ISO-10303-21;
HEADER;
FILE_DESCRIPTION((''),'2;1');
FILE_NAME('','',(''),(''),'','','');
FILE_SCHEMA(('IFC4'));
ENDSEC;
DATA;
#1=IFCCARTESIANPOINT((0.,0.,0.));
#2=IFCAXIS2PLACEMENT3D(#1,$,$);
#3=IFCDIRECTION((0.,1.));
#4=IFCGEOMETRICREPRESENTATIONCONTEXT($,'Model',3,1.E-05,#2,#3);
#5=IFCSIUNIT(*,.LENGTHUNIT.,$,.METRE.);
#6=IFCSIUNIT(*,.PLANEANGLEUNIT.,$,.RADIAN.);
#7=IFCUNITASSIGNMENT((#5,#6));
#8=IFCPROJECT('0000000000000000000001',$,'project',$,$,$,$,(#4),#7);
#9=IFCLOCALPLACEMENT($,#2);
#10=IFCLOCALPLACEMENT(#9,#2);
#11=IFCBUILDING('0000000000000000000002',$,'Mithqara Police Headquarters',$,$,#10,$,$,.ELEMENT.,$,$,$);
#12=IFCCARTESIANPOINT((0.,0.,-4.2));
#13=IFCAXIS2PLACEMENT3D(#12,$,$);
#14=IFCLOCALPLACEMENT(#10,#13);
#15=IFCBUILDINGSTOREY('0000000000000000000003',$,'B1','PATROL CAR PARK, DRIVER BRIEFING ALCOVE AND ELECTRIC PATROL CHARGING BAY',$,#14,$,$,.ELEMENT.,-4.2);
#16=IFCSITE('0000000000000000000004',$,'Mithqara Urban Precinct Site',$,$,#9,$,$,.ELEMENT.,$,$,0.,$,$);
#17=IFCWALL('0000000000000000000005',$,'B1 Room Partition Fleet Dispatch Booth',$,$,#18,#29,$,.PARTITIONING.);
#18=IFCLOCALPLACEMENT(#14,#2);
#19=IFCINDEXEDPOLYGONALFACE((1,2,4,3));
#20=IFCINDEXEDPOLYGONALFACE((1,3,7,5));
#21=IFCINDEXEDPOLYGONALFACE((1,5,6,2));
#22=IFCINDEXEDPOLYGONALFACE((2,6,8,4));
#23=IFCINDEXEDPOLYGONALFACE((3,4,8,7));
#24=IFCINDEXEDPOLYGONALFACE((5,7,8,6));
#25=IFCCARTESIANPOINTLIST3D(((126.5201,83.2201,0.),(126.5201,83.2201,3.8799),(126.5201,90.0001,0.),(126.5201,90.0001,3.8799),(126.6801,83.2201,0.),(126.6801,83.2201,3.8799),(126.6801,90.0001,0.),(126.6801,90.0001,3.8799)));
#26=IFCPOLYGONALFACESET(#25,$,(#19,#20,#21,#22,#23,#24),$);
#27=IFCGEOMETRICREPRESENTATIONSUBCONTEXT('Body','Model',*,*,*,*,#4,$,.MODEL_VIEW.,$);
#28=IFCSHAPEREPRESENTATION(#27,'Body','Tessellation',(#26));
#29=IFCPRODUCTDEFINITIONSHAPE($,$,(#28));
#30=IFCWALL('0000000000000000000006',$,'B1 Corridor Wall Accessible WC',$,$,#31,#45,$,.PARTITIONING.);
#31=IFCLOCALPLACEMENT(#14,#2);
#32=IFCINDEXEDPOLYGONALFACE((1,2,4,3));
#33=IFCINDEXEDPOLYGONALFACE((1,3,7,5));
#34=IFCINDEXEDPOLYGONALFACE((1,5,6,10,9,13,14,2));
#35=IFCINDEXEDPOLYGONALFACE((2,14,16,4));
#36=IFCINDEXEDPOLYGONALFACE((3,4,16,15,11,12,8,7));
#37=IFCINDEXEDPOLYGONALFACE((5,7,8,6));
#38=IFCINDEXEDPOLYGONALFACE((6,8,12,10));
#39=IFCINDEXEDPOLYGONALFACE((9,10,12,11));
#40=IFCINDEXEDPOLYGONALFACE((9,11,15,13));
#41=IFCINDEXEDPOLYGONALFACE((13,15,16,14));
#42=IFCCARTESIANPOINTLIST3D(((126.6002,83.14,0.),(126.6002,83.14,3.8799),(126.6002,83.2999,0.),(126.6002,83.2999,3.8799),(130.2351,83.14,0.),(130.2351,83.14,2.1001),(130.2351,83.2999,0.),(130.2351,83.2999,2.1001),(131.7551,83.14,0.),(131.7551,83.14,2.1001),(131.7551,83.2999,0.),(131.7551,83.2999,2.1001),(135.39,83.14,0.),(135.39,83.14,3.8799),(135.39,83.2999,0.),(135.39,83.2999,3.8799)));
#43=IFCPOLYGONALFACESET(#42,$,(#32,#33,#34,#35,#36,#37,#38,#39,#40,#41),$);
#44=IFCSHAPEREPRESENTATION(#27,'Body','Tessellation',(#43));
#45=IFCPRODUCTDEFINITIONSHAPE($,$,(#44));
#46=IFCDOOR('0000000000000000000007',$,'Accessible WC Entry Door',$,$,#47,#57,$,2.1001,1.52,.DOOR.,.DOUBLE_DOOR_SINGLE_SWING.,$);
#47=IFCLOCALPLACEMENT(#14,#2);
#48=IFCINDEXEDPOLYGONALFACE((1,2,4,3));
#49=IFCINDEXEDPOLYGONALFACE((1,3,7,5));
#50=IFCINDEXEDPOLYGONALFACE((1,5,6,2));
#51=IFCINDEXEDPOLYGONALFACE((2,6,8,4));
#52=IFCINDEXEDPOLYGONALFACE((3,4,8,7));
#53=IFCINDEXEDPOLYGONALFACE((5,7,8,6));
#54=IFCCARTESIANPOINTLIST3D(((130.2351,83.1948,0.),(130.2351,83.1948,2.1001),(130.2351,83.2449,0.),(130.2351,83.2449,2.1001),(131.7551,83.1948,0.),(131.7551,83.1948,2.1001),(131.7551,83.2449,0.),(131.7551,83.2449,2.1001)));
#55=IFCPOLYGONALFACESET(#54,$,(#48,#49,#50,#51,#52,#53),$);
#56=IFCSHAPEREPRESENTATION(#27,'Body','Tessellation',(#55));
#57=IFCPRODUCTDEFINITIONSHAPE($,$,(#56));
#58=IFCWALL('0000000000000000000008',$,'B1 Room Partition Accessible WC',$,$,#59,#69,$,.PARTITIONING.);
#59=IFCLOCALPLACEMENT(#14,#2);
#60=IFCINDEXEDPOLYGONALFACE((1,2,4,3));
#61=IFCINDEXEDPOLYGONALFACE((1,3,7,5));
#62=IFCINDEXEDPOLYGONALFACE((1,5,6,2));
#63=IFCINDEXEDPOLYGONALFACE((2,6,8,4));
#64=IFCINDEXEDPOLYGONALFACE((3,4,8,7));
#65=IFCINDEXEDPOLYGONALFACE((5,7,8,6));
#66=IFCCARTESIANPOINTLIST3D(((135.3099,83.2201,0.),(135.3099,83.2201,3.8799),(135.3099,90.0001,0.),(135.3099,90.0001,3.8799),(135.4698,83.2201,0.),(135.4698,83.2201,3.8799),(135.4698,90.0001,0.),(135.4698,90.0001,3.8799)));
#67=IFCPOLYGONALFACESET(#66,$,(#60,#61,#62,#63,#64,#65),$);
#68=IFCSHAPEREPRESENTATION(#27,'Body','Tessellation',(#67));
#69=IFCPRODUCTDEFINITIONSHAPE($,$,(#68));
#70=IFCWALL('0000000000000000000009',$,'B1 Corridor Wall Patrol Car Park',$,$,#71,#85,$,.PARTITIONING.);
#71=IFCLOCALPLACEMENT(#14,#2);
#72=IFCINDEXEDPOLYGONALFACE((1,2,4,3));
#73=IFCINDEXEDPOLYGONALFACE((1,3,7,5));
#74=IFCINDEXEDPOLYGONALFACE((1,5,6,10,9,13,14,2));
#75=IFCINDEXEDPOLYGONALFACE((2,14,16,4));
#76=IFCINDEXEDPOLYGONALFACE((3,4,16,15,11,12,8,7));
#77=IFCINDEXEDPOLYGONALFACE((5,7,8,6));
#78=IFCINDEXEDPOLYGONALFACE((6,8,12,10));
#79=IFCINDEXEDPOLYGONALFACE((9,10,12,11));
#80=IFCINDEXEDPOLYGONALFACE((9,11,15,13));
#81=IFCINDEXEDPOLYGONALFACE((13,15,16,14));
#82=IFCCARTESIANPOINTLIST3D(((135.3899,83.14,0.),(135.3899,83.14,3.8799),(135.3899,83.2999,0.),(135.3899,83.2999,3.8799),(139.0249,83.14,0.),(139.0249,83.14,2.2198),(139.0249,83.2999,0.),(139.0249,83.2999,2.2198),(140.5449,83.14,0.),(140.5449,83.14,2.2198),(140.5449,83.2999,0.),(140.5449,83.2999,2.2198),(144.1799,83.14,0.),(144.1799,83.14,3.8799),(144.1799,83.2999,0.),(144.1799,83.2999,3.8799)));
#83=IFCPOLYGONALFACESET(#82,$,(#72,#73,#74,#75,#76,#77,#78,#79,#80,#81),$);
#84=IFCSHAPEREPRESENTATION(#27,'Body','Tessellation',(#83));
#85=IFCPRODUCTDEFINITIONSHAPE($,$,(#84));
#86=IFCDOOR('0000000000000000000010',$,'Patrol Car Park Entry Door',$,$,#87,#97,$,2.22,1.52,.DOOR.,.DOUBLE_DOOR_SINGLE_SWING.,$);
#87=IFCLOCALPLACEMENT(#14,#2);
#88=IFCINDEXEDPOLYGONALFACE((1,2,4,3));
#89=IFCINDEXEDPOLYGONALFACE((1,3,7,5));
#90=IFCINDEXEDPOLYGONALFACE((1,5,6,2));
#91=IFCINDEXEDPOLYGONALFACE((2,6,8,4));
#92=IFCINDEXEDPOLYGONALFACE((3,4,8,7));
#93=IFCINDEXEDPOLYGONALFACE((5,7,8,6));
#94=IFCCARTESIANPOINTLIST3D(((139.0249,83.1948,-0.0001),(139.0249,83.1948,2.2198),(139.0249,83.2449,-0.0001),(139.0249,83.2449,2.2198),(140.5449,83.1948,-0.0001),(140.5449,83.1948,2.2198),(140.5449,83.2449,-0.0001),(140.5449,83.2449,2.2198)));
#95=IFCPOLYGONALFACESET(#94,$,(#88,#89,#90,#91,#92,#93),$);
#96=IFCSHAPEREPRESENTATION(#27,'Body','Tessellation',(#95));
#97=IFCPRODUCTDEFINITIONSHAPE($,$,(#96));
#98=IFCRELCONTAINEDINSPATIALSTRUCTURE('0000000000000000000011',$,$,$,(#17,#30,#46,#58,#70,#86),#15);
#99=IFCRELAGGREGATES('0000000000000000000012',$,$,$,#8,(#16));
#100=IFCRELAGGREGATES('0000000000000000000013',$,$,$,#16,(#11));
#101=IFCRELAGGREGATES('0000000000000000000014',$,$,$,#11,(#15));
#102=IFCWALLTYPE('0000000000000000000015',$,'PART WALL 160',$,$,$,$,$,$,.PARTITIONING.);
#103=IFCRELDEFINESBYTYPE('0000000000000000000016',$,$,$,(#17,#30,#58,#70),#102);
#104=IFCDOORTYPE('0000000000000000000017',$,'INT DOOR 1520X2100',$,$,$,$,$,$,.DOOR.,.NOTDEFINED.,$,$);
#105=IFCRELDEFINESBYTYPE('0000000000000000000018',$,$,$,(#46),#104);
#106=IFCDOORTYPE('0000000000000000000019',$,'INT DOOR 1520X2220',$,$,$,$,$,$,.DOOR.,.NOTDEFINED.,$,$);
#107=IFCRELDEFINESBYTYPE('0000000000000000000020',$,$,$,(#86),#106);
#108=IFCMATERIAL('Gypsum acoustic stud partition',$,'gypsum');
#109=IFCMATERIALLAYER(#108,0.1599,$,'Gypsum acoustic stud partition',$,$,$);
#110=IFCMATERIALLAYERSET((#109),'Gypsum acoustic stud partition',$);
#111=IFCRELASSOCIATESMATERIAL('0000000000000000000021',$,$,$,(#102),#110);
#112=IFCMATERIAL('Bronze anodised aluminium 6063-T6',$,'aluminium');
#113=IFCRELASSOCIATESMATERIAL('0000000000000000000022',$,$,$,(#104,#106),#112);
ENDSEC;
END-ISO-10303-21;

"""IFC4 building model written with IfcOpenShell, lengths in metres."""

from ifc_helpers import new_model, si_unit, direction, frame, frame_2d, origin, place, context, subcontext, project, spatial, rectangle, extrude, material, layer, layer_set, type_object, element, fill, save


model = new_model("IFC4")

# Units and contexts
model_context = context("Model", 3, precision=1e-05, world=origin(), true_north=direction((0.0, 1.0)))
body_context = subcontext(model_context, "Body", "Model", "MODEL_VIEW")
ifc_project = project(units=[si_unit("LENGTHUNIT", "METRE"), si_unit("PLANEANGLEUNIT", "RADIAN")], contexts=[model_context])

# Site, building, storey
site_placement = place(None, origin())
site = spatial("IfcSite", under=ifc_project, at=site_placement, Name="Mithqara Urban Precinct Site", CompositionType="ELEMENT", RefElevation=0.0)
building_placement = place(site_placement, origin())
building = spatial("IfcBuilding", under=site, at=building_placement, Name="Mithqara Police Headquarters", CompositionType="ELEMENT")
storey_placement = place(building_placement, frame((0.0, 0.0, -4.2)))
storey = spatial("IfcBuildingStorey", under=building, at=storey_placement, Name="B1", Description="PATROL CAR PARK, DRIVER BRIEFING ALCOVE AND ELECTRIC PATROL CHARGING BAY", CompositionType="ELEMENT", Elevation=-4.2)

# Wall
ifc_material_1 = material(Name="Gypsum acoustic stud partition", Category="gypsum")
ifc_layer = layer(ifc_material_1, 0.1599, Name="Gypsum acoustic stud partition")
ifc_layer_set = layer_set([ifc_layer], Name="Gypsum acoustic stud partition")
wall_type = type_object("IfcWallType", Name="PART WALL 160", PredefinedType="PARTITIONING", material=ifc_layer_set)
wall_1_placement = place(storey_placement, frame((126.6001, 83.22, 0.0), z_axis=(0.0, 0.0, 1.0), x_axis=(0.0, 1.0, 0.0)))
element("IfcWall", 1, at=wall_1_placement, inside=storey, type_object=wall_type, Name="B1 Room Partition Fleet Dispatch Booth", PredefinedType="PARTITIONING", context=body_context, shape_type="SweptSolid", body=[
    extrude(rectangle(XDim=6.78, YDim=0.1599, at=frame_2d((3.3901, 0.0))), origin(), (0.0, 0.0, 1.0), 3.8799),
])

# Wall, opening, door
wall_2_placement = place(storey_placement, frame((126.6001, 83.22, 0.0), z_axis=(0.0, 0.0, 1.0), x_axis=(1.0, 0.0, 0.0)))
wall_2 = element("IfcWall", 2, at=wall_2_placement, inside=storey, type_object=wall_type, Name="B1 Corridor Wall Accessible WC", PredefinedType="PARTITIONING", context=body_context, shape_type="SweptSolid", body=[
    extrude(rectangle(XDim=8.7898, YDim=0.1599, at=frame_2d((4.395, 0.0))), origin(), (0.0, 0.0, 1.0), 3.8799),
])
opening_1_placement = place(wall_2_placement, frame((3.635, 0.0, 0.0)))
opening_1 = element("IfcOpeningElement", 3, at=opening_1_placement, cuts=wall_2, PredefinedType="OPENING", context=body_context, shape_type="SweptSolid", body=[
    extrude(rectangle(XDim=1.52, YDim=2.1001, at=frame_2d((0.76, 1.05))), frame((0.0, 0.0898, 0.0), z_axis=(0.0, -1.0, 0.0), x_axis=(1.0, 0.0, 0.0)), (0.0, 0.0, 1.0), 0.1799),
])
ifc_material_2 = material(Name="Bronze anodised aluminium 6063-T6", Category="aluminium")
door_type_1 = type_object("IfcDoorType", Name="INT DOOR 1520X2100", OperationType="NOTDEFINED", PredefinedType="DOOR", material=ifc_material_2)
door_1_placement = place(opening_1_placement, origin())
door_1 = element("IfcDoor", 4, at=door_1_placement, inside=storey, type_object=door_type_1, Name="Accessible WC Entry Door", OperationType="DOUBLE_DOOR_SINGLE_SWING", OverallHeight=2.1001, OverallWidth=1.52, PredefinedType="DOOR", context=body_context, shape_type="SweptSolid", body=[
    extrude(rectangle(XDim=1.52, YDim=2.1001, at=frame_2d((0.76, 1.05))), frame((0.0, 0.0249, 0.0), z_axis=(0.0, -1.0, 0.0), x_axis=(1.0, 0.0, 0.0)), (0.0, 0.0, 1.0), 0.05),
])
fill(opening_1, door_1)

# Wall
wall_3_placement = place(storey_placement, frame((135.3899, 83.22, 0.0), z_axis=(0.0, 0.0, 1.0), x_axis=(0.0, 1.0, 0.0)))
element("IfcWall", 5, at=wall_3_placement, inside=storey, type_object=wall_type, Name="B1 Room Partition Accessible WC", PredefinedType="PARTITIONING", context=body_context, shape_type="SweptSolid", body=[
    extrude(rectangle(XDim=6.78, YDim=0.1599, at=frame_2d((3.3901, 0.0))), origin(), (0.0, 0.0, 1.0), 3.8799),
])

# Wall, opening, door
wall_4_placement = place(storey_placement, frame((135.3899, 83.22, 0.0), z_axis=(0.0, 0.0, 1.0), x_axis=(1.0, 0.0, 0.0)))
wall_4 = element("IfcWall", 6, at=wall_4_placement, inside=storey, type_object=wall_type, Name="B1 Corridor Wall Patrol Car Park", PredefinedType="PARTITIONING", context=body_context, shape_type="SweptSolid", body=[
    extrude(rectangle(XDim=8.79, YDim=0.1599, at=frame_2d((4.395, 0.0))), origin(), (0.0, 0.0, 1.0), 3.8799),
])
opening_2_placement = place(wall_4_placement, frame((3.635, 0.0, 0.0)))
opening_2 = element("IfcOpeningElement", 7, at=opening_2_placement, cuts=wall_4, PredefinedType="OPENING", context=body_context, shape_type="SweptSolid", body=[
    extrude(rectangle(XDim=1.52, YDim=2.22, at=frame_2d((0.76, 1.1099))), frame((0.0, 0.0898, 0.0), z_axis=(0.0, -1.0, 0.0), x_axis=(1.0, 0.0, 0.0)), (0.0, 0.0, 1.0), 0.1799),
])
door_type_2 = type_object("IfcDoorType", Name="INT DOOR 1520X2220", OperationType="NOTDEFINED", PredefinedType="DOOR", material=ifc_material_2)
door_2_placement = place(opening_2_placement, origin())
door_2 = element("IfcDoor", 8, at=door_2_placement, inside=storey, type_object=door_type_2, Name="Patrol Car Park Entry Door", OperationType="DOUBLE_DOOR_SINGLE_SWING", OverallHeight=2.22, OverallWidth=1.52, PredefinedType="DOOR", context=body_context, shape_type="SweptSolid", body=[
    extrude(rectangle(XDim=1.52, YDim=2.22, at=frame_2d((0.76, 1.1099))), frame((0.0, 0.0249, 0.0), z_axis=(0.0, -1.0, 0.0), x_axis=(1.0, 0.0, 0.0)), (0.0, 0.0, 1.0), 0.05),
])
fill(opening_2, door_2)

save(model, "model.ifc")
